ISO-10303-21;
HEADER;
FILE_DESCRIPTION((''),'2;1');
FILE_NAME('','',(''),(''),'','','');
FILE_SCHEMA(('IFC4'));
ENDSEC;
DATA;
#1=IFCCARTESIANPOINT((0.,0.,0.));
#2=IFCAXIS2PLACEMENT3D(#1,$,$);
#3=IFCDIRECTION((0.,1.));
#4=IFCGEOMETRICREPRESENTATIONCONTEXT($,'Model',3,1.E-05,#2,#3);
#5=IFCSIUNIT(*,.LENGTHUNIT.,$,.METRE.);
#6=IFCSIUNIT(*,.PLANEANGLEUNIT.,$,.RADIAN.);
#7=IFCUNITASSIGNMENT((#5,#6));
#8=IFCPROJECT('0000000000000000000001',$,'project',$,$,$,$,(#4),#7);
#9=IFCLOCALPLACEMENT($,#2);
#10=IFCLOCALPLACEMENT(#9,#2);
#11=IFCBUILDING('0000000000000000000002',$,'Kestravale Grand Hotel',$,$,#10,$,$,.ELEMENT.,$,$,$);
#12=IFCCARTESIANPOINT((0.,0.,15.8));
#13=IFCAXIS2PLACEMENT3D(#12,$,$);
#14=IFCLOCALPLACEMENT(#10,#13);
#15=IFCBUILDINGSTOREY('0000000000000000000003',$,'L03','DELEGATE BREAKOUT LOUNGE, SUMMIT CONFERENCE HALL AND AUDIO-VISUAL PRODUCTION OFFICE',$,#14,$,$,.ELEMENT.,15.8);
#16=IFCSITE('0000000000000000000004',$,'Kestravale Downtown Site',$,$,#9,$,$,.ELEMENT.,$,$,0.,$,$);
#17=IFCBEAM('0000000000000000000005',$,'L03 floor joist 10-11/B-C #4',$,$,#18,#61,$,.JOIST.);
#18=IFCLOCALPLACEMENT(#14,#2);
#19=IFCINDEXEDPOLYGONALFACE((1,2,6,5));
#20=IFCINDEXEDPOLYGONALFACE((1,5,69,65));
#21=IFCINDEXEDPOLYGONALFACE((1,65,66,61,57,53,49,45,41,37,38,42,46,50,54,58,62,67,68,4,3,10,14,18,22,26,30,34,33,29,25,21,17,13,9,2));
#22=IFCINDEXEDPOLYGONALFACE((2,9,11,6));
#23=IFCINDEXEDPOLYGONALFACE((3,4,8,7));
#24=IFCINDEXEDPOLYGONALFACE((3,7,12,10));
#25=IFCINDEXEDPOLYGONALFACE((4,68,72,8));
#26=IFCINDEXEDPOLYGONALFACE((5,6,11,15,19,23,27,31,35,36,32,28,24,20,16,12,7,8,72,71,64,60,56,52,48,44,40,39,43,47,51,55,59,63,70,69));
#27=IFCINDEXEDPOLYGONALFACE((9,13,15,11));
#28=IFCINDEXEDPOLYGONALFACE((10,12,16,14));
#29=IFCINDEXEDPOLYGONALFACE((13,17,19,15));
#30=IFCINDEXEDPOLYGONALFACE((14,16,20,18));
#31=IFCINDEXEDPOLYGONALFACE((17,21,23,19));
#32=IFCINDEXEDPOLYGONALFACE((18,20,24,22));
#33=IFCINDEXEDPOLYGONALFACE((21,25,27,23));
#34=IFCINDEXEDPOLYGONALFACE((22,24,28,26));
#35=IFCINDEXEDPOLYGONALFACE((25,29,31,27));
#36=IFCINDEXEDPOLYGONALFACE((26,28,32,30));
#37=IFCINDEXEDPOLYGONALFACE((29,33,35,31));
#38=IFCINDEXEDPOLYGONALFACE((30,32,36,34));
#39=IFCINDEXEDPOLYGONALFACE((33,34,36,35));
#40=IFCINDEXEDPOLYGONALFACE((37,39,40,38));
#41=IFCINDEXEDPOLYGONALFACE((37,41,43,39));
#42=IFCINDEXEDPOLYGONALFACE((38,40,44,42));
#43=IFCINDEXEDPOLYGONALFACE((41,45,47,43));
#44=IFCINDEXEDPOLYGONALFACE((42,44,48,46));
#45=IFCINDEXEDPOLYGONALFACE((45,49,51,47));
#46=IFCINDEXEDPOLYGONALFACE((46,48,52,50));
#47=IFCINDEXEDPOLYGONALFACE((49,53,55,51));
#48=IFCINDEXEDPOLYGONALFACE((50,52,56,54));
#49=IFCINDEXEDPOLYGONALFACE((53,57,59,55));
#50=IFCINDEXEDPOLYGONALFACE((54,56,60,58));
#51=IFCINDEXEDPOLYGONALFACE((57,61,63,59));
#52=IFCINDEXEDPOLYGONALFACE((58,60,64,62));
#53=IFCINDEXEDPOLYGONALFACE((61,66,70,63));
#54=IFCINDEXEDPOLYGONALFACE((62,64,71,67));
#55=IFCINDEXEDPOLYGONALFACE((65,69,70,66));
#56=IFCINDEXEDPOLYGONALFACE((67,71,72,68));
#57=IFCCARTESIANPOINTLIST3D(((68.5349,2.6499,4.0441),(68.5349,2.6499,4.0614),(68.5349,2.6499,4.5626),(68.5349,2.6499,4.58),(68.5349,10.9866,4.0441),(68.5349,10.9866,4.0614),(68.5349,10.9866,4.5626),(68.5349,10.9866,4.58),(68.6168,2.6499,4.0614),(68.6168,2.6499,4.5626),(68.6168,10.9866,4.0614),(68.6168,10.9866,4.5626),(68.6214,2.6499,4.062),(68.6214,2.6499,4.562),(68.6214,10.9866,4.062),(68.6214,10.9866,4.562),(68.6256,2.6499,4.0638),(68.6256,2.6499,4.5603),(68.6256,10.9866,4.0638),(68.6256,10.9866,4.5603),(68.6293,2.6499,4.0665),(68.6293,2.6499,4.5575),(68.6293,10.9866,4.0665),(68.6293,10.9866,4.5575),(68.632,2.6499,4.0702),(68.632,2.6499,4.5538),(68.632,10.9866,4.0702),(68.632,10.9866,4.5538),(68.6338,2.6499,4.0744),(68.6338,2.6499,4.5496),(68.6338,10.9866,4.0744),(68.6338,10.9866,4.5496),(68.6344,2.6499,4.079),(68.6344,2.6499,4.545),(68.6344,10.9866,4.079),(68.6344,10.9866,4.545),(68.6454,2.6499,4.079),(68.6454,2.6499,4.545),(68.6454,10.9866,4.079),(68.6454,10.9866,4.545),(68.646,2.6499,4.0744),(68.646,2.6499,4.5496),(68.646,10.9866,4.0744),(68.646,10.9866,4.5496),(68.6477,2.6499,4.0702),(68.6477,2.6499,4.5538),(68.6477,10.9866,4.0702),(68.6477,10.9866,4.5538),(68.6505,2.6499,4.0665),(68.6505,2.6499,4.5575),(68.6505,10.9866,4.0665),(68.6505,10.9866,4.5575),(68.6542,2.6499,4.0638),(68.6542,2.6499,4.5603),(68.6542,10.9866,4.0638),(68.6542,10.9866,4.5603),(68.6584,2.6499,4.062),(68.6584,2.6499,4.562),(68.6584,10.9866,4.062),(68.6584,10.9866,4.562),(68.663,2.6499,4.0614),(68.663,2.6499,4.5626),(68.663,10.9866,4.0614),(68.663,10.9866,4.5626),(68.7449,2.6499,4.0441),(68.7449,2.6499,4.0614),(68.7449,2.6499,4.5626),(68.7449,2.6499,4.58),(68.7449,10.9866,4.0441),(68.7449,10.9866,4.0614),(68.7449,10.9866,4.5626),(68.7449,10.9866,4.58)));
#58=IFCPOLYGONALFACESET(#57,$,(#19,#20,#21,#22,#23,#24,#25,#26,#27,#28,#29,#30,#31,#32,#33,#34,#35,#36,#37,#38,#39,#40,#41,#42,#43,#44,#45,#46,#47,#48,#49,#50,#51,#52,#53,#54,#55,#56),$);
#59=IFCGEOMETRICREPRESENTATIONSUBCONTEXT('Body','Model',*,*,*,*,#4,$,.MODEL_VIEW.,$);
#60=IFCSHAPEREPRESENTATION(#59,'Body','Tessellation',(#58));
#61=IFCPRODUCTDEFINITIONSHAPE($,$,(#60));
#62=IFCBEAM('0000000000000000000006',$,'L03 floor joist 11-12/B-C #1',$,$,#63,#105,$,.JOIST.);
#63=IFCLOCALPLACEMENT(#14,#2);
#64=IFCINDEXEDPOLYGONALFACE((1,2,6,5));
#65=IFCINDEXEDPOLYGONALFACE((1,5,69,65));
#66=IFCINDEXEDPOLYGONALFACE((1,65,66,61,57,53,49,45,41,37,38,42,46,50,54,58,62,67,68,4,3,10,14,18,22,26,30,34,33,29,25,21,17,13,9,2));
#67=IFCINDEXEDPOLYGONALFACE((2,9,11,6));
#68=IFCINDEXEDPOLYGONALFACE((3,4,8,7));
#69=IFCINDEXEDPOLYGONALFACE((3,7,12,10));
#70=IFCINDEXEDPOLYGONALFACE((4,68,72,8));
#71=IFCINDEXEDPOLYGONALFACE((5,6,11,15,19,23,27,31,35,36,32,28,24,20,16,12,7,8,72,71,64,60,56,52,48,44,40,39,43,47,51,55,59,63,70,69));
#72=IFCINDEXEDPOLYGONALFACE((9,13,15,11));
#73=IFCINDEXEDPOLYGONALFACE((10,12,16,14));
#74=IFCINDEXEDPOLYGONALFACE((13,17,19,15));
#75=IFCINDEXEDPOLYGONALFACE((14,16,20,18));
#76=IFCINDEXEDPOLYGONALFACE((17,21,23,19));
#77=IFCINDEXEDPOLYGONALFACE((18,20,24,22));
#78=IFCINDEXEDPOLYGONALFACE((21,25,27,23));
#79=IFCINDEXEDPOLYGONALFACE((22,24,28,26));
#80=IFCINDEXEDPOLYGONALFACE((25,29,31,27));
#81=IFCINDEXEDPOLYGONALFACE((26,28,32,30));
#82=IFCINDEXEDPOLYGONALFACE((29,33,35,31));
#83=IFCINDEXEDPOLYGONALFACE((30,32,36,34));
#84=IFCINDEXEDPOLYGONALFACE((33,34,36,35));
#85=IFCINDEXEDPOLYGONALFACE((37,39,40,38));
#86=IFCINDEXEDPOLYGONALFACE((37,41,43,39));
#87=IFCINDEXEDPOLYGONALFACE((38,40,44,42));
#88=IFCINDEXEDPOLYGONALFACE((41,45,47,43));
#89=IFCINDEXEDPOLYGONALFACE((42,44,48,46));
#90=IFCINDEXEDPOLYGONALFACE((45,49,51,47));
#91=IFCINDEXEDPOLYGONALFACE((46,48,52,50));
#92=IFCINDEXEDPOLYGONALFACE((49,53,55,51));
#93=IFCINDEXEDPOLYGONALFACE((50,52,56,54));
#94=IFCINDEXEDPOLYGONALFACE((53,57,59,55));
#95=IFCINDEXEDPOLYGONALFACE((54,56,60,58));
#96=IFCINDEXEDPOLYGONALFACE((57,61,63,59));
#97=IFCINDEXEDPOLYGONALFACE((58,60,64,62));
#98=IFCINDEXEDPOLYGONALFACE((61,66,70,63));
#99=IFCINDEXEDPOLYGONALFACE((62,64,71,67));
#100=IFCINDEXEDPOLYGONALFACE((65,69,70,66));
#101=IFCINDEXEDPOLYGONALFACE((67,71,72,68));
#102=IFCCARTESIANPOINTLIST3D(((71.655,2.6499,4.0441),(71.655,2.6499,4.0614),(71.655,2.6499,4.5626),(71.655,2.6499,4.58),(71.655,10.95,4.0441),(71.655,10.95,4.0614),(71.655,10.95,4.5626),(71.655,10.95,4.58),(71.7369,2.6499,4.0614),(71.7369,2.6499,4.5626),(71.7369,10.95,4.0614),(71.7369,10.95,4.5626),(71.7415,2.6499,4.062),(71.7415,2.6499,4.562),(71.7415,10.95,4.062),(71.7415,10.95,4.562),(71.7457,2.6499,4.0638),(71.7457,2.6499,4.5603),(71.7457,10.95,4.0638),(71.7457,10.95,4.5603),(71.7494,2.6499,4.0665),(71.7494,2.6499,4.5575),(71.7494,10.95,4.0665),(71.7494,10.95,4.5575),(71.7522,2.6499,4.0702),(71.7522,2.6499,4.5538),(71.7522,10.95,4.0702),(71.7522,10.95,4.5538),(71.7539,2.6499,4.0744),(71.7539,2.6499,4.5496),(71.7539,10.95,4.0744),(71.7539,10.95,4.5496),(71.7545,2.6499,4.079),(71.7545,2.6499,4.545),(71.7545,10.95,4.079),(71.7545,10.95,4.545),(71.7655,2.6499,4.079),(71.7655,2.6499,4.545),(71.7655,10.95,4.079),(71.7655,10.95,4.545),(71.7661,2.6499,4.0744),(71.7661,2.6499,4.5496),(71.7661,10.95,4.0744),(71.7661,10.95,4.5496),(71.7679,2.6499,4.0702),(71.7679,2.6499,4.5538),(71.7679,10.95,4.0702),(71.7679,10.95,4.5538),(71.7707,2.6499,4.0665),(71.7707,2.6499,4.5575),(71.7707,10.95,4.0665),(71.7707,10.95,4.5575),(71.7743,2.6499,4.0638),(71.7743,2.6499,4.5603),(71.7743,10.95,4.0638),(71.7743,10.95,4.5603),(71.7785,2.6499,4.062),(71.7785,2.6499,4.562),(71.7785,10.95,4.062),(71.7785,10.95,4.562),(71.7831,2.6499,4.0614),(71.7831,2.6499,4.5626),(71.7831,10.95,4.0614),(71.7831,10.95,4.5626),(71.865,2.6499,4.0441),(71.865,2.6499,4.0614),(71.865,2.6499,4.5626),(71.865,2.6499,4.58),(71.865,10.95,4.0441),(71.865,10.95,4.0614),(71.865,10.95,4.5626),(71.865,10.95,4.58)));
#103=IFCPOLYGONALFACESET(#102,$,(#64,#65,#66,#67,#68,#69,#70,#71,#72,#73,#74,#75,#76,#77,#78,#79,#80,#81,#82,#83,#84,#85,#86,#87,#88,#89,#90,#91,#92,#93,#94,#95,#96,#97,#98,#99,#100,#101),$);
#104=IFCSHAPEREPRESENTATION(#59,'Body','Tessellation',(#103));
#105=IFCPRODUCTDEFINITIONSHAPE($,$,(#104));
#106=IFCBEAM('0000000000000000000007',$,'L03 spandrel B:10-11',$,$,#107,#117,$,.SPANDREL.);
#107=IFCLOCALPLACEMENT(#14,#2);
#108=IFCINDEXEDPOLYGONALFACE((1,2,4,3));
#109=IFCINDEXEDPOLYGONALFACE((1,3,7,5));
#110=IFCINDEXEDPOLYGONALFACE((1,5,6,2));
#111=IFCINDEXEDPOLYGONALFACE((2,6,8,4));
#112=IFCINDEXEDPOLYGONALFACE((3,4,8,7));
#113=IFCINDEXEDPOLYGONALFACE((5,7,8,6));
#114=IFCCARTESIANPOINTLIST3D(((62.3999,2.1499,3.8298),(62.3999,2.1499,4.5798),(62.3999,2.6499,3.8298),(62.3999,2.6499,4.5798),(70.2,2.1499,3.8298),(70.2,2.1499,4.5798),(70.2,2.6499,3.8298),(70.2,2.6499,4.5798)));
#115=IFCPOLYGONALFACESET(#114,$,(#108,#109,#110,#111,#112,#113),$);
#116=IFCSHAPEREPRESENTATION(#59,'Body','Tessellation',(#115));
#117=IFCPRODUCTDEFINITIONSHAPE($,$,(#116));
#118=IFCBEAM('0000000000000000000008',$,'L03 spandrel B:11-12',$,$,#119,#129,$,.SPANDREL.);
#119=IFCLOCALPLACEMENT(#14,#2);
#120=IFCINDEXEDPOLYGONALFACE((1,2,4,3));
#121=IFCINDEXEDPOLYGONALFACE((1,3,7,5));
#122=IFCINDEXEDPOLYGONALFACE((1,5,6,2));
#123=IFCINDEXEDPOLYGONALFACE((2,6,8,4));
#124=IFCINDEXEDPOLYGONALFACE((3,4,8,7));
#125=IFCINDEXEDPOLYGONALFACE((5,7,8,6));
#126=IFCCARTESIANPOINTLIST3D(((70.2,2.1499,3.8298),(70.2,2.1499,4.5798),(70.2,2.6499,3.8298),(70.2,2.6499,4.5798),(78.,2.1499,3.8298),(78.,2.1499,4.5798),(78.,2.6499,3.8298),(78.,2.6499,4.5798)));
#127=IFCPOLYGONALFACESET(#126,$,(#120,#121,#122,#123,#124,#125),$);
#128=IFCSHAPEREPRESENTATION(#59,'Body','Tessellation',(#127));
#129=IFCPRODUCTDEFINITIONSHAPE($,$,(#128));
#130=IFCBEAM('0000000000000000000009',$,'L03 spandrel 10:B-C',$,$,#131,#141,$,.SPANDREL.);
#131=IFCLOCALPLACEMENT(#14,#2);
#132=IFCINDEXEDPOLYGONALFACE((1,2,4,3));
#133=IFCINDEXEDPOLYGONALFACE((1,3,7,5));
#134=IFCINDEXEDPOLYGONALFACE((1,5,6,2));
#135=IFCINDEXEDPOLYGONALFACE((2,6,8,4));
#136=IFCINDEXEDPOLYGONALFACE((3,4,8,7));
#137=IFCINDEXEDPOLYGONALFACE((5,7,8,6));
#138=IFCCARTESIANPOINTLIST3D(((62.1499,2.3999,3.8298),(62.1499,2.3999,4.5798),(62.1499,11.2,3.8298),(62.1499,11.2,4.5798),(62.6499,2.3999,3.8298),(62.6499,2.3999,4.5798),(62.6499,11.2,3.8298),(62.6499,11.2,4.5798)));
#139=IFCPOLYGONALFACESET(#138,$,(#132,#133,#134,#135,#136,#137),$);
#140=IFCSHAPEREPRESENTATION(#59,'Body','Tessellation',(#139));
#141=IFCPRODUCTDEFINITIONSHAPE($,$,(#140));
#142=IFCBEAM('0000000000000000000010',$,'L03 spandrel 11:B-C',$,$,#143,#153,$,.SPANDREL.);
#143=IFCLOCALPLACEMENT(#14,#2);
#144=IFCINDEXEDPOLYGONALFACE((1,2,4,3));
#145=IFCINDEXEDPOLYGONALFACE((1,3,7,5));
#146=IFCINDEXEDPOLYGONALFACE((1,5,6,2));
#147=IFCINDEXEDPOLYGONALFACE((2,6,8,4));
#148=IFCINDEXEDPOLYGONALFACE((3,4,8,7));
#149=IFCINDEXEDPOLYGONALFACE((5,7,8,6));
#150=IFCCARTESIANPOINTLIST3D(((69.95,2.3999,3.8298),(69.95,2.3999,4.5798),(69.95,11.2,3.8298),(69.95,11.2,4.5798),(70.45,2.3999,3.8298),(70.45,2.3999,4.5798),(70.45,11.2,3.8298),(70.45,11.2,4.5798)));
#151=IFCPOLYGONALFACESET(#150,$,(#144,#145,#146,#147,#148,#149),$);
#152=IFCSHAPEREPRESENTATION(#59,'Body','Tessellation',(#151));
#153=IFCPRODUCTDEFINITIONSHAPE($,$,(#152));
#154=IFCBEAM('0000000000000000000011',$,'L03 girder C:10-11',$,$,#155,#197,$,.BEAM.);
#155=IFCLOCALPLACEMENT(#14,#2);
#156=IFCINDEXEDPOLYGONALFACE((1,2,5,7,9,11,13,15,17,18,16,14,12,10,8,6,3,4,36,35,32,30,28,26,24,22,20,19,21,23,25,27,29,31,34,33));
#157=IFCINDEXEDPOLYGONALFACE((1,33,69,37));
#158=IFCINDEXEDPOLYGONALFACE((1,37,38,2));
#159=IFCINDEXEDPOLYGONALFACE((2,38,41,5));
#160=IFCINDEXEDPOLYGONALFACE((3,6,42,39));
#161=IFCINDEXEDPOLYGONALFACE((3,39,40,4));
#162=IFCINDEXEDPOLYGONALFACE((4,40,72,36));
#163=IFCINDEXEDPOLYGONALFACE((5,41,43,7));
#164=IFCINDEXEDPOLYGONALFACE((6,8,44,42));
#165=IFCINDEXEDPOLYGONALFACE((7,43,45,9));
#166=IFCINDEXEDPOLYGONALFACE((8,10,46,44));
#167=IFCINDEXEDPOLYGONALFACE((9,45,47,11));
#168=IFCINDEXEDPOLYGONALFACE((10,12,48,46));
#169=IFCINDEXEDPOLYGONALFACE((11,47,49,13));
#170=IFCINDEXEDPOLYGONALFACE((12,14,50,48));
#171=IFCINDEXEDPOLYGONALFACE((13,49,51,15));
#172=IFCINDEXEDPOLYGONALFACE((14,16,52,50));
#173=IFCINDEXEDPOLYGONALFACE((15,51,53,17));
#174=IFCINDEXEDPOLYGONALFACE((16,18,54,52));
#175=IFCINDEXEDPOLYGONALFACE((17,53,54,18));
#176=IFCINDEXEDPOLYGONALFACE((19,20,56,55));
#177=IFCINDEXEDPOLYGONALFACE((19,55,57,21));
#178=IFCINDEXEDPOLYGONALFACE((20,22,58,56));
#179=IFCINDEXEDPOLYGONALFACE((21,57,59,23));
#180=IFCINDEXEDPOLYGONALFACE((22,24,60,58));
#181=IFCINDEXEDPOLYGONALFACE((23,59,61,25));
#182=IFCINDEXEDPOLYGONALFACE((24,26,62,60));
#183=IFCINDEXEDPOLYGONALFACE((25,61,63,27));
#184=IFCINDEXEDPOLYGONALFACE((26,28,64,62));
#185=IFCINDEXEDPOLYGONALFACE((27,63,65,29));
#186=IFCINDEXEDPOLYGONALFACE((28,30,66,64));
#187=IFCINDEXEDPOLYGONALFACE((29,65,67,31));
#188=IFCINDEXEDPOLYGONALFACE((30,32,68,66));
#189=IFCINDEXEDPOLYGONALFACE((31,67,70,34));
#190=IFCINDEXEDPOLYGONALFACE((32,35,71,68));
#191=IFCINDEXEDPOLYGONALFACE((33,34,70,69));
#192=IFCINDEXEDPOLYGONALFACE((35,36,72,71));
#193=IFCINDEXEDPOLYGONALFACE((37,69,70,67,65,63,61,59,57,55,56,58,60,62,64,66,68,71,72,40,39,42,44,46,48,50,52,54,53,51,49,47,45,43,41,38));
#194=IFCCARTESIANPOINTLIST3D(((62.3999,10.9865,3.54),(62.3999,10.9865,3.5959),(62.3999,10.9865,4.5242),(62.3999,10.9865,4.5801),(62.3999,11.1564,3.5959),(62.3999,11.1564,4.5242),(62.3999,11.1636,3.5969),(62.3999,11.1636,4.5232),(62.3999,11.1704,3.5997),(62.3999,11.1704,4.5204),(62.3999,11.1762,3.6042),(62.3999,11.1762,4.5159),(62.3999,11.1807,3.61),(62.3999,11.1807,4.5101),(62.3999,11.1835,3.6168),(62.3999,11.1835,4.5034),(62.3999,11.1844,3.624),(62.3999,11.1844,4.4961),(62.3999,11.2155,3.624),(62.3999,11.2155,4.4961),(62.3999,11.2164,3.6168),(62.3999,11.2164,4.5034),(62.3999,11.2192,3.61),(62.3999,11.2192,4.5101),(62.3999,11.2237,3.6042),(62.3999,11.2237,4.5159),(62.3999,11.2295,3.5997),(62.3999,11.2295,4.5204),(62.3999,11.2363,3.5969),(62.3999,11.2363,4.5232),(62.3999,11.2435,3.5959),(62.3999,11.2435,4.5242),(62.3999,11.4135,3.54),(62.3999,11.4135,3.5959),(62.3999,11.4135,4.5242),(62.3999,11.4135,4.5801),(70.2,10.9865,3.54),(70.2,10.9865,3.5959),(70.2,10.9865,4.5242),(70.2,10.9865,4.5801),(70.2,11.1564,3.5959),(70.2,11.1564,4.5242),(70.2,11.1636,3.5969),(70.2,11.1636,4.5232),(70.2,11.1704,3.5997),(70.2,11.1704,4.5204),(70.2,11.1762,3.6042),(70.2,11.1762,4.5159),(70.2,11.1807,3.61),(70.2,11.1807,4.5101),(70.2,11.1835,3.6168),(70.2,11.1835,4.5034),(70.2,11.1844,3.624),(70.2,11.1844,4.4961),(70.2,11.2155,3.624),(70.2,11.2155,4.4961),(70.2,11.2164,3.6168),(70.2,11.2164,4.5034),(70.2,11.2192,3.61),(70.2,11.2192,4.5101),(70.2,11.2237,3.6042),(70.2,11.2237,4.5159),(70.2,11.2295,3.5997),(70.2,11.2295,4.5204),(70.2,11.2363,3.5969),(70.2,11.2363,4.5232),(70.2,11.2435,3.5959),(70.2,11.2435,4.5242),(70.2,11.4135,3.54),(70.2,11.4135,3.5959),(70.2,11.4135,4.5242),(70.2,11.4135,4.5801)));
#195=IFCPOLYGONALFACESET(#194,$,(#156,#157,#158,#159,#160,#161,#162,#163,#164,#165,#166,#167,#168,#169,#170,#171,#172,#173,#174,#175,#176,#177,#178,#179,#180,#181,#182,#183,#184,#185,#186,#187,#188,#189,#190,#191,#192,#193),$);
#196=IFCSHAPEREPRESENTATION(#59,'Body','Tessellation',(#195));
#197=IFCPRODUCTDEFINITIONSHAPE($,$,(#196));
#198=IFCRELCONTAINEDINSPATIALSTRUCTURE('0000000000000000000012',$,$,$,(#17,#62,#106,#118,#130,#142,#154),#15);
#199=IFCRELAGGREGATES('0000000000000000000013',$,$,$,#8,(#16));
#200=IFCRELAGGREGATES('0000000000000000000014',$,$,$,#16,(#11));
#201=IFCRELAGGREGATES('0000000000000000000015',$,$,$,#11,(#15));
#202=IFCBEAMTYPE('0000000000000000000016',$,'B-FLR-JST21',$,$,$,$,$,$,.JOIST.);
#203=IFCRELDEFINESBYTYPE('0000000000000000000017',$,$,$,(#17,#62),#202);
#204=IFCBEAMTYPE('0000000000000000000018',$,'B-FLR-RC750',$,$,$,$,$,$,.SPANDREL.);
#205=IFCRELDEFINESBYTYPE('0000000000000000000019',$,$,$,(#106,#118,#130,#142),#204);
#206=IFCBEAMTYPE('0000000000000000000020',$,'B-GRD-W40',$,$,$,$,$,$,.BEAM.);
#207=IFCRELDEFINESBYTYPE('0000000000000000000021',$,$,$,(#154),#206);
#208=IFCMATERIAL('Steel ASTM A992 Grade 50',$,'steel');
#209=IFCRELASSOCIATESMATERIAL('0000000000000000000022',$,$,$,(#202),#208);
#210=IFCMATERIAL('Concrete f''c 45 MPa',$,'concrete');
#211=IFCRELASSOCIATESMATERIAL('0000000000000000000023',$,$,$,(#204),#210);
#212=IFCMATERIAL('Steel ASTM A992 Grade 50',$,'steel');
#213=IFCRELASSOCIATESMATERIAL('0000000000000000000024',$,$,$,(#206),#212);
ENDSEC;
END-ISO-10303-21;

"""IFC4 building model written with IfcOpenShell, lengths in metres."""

from ifc_helpers import new_model, si_unit, direction, frame, origin, origin_2d, place, context, subcontext, project, spatial, rectangle, i_section, extrude, material, material_profile, profile_set, type_object, element, save


model = new_model("IFC4")

# Units and contexts
model_context = context("Model", 3, precision=1e-05, world=origin(), true_north=direction((0.0, 1.0)))
body_context = subcontext(model_context, "Body", "Model", "MODEL_VIEW")
ifc_project = project(units=[si_unit("LENGTHUNIT", "METRE"), si_unit("PLANEANGLEUNIT", "RADIAN")], contexts=[model_context])

# Site, building, storey
site_placement = place(None, origin())
site = spatial("IfcSite", under=ifc_project, at=site_placement, Name="Kestravale Downtown Site", CompositionType="ELEMENT", RefElevation=0.0)
building_placement = place(site_placement, origin())
building = spatial("IfcBuilding", under=site, at=building_placement, Name="Kestravale Grand Hotel", CompositionType="ELEMENT")
storey_placement = place(building_placement, frame((0.0, 0.0, 15.8)))
storey = spatial("IfcBuildingStorey", under=building, at=storey_placement, Name="L03", Description="DELEGATE BREAKOUT LOUNGE, SUMMIT CONFERENCE HALL AND AUDIO-VISUAL PRODUCTION OFFICE", CompositionType="ELEMENT", Elevation=15.8)

# Beams
ifc_material_1 = material(Name="Steel ASTM A992 Grade 50", Category="steel")
ifc_material_profile_1 = material_profile(ifc_material_1, i_section(OverallWidth=0.21, OverallDepth=0.5359, WebThickness=0.011, FlangeThickness=0.0173, FilletRadius=0.0176, at=origin_2d()))
ifc_profile_set_1 = profile_set([ifc_material_profile_1], Name="Steel ASTM A992 Grade 50")
beam_type_1 = type_object("IfcBeamType", Name="B-FLR-JST21", PredefinedType="JOIST", material=ifc_profile_set_1)
for number, where, z_axis, x_axis, name in (
    (1, (68.6399, 2.6499, 4.312), (0.0, 1.0, 0.0), (-1.0, 0.0, 0.0), "L03 floor joist 10-11/B-C #4"),
):
    element("IfcBeam", number, at=place(storey_placement, frame(where, z_axis=z_axis, x_axis=x_axis)), inside=storey, type_object=beam_type_1, Name=name, PredefinedType="JOIST", context=body_context, shape_type="SweptSolid", body=[
        extrude(i_section(OverallWidth=0.21, OverallDepth=0.5359, WebThickness=0.011, FlangeThickness=0.0173, FilletRadius=0.0176, at=origin_2d()), origin(), (0.0, 0.0, 1.0), 8.3367),
    ])
beam_1_placement = place(storey_placement, frame((71.76, 2.6499, 4.312), z_axis=(0.0, 1.0, 0.0), x_axis=(-1.0, 0.0, 0.0)))
element("IfcBeam", 2, at=beam_1_placement, inside=storey, type_object=beam_type_1, Name="L03 floor joist 11-12/B-C #1", PredefinedType="JOIST", context=body_context, shape_type="SweptSolid", body=[
    extrude(i_section(OverallWidth=0.21, OverallDepth=0.5359, WebThickness=0.011, FlangeThickness=0.0173, FilletRadius=0.0176, at=origin_2d()), origin(), (0.0, 0.0, 1.0), 8.3),
])
ifc_material_2 = material(Name="Concrete f'c 45 MPa", Category="concrete")
ifc_material_profile_2 = material_profile(ifc_material_2, rectangle(XDim=0.5, YDim=0.75, at=origin_2d()))
ifc_profile_set_2 = profile_set([ifc_material_profile_2], Name="Concrete f'c 45 MPa")
beam_type_2 = type_object("IfcBeamType", Name="B-FLR-RC750", PredefinedType="SPANDREL", material=ifc_profile_set_2)
for number, where, z_axis, x_axis, name in (
    (3, (62.3999, 2.3999, 4.2048), (1.0, 0.0, 0.0), (0.0, 1.0, 0.0), "L03 spandrel B:10-11"),
    (4, (70.2, 2.3999, 4.2048), (1.0, 0.0, 0.0), (0.0, 1.0, 0.0), "L03 spandrel B:11-12"),
):
    element("IfcBeam", number, at=place(storey_placement, frame(where, z_axis=z_axis, x_axis=x_axis)), inside=storey, type_object=beam_type_2, Name=name, PredefinedType="SPANDREL", context=body_context, shape_type="SweptSolid", body=[
        extrude(rectangle(XDim=0.5, YDim=0.75, at=origin_2d()), origin(), (0.0, 0.0, 1.0), 7.8),
    ])
for number, where, z_axis, x_axis, name in (
    (5, (62.3999, 2.3999, 4.2048), (0.0, 1.0, 0.0), (-1.0, 0.0, 0.0), "L03 spandrel 10:B-C"),
    (6, (70.2, 2.3999, 4.2048), (0.0, 1.0, 0.0), (-1.0, 0.0, 0.0), "L03 spandrel 11:B-C"),
):
    element("IfcBeam", number, at=place(storey_placement, frame(where, z_axis=z_axis, x_axis=x_axis)), inside=storey, type_object=beam_type_2, Name=name, PredefinedType="SPANDREL", context=body_context, shape_type="SweptSolid", body=[
        extrude(rectangle(XDim=0.5, YDim=0.75, at=origin_2d()), origin(), (0.0, 0.0, 1.0), 8.8),
    ])
ifc_material_3 = material(Name="Steel ASTM A992 Grade 50", Category="steel")
ifc_material_profile_3 = material_profile(ifc_material_3, i_section(OverallWidth=0.427, OverallDepth=1.04, WebThickness=0.031, FlangeThickness=0.0559, FilletRadius=0.0281, at=origin_2d()))
ifc_profile_set_3 = profile_set([ifc_material_profile_3], Name="Steel ASTM A992 Grade 50")
beam_type_3 = type_object("IfcBeamType", Name="B-GRD-W40", PredefinedType="BEAM", material=ifc_profile_set_3)
beam_2_placement = place(storey_placement, frame((62.3999, 11.2, 4.0601), z_axis=(1.0, 0.0, 0.0), x_axis=(0.0, 1.0, 0.0)))
element("IfcBeam", 7, at=beam_2_placement, inside=storey, type_object=beam_type_3, Name="L03 girder C:10-11", PredefinedType="BEAM", context=body_context, shape_type="SweptSolid", body=[
    extrude(i_section(OverallWidth=0.427, OverallDepth=1.04, WebThickness=0.031, FlangeThickness=0.0559, FilletRadius=0.0281, at=origin_2d()), origin(), (0.0, 0.0, 1.0), 7.8),
])

save(model, "model.ifc")
